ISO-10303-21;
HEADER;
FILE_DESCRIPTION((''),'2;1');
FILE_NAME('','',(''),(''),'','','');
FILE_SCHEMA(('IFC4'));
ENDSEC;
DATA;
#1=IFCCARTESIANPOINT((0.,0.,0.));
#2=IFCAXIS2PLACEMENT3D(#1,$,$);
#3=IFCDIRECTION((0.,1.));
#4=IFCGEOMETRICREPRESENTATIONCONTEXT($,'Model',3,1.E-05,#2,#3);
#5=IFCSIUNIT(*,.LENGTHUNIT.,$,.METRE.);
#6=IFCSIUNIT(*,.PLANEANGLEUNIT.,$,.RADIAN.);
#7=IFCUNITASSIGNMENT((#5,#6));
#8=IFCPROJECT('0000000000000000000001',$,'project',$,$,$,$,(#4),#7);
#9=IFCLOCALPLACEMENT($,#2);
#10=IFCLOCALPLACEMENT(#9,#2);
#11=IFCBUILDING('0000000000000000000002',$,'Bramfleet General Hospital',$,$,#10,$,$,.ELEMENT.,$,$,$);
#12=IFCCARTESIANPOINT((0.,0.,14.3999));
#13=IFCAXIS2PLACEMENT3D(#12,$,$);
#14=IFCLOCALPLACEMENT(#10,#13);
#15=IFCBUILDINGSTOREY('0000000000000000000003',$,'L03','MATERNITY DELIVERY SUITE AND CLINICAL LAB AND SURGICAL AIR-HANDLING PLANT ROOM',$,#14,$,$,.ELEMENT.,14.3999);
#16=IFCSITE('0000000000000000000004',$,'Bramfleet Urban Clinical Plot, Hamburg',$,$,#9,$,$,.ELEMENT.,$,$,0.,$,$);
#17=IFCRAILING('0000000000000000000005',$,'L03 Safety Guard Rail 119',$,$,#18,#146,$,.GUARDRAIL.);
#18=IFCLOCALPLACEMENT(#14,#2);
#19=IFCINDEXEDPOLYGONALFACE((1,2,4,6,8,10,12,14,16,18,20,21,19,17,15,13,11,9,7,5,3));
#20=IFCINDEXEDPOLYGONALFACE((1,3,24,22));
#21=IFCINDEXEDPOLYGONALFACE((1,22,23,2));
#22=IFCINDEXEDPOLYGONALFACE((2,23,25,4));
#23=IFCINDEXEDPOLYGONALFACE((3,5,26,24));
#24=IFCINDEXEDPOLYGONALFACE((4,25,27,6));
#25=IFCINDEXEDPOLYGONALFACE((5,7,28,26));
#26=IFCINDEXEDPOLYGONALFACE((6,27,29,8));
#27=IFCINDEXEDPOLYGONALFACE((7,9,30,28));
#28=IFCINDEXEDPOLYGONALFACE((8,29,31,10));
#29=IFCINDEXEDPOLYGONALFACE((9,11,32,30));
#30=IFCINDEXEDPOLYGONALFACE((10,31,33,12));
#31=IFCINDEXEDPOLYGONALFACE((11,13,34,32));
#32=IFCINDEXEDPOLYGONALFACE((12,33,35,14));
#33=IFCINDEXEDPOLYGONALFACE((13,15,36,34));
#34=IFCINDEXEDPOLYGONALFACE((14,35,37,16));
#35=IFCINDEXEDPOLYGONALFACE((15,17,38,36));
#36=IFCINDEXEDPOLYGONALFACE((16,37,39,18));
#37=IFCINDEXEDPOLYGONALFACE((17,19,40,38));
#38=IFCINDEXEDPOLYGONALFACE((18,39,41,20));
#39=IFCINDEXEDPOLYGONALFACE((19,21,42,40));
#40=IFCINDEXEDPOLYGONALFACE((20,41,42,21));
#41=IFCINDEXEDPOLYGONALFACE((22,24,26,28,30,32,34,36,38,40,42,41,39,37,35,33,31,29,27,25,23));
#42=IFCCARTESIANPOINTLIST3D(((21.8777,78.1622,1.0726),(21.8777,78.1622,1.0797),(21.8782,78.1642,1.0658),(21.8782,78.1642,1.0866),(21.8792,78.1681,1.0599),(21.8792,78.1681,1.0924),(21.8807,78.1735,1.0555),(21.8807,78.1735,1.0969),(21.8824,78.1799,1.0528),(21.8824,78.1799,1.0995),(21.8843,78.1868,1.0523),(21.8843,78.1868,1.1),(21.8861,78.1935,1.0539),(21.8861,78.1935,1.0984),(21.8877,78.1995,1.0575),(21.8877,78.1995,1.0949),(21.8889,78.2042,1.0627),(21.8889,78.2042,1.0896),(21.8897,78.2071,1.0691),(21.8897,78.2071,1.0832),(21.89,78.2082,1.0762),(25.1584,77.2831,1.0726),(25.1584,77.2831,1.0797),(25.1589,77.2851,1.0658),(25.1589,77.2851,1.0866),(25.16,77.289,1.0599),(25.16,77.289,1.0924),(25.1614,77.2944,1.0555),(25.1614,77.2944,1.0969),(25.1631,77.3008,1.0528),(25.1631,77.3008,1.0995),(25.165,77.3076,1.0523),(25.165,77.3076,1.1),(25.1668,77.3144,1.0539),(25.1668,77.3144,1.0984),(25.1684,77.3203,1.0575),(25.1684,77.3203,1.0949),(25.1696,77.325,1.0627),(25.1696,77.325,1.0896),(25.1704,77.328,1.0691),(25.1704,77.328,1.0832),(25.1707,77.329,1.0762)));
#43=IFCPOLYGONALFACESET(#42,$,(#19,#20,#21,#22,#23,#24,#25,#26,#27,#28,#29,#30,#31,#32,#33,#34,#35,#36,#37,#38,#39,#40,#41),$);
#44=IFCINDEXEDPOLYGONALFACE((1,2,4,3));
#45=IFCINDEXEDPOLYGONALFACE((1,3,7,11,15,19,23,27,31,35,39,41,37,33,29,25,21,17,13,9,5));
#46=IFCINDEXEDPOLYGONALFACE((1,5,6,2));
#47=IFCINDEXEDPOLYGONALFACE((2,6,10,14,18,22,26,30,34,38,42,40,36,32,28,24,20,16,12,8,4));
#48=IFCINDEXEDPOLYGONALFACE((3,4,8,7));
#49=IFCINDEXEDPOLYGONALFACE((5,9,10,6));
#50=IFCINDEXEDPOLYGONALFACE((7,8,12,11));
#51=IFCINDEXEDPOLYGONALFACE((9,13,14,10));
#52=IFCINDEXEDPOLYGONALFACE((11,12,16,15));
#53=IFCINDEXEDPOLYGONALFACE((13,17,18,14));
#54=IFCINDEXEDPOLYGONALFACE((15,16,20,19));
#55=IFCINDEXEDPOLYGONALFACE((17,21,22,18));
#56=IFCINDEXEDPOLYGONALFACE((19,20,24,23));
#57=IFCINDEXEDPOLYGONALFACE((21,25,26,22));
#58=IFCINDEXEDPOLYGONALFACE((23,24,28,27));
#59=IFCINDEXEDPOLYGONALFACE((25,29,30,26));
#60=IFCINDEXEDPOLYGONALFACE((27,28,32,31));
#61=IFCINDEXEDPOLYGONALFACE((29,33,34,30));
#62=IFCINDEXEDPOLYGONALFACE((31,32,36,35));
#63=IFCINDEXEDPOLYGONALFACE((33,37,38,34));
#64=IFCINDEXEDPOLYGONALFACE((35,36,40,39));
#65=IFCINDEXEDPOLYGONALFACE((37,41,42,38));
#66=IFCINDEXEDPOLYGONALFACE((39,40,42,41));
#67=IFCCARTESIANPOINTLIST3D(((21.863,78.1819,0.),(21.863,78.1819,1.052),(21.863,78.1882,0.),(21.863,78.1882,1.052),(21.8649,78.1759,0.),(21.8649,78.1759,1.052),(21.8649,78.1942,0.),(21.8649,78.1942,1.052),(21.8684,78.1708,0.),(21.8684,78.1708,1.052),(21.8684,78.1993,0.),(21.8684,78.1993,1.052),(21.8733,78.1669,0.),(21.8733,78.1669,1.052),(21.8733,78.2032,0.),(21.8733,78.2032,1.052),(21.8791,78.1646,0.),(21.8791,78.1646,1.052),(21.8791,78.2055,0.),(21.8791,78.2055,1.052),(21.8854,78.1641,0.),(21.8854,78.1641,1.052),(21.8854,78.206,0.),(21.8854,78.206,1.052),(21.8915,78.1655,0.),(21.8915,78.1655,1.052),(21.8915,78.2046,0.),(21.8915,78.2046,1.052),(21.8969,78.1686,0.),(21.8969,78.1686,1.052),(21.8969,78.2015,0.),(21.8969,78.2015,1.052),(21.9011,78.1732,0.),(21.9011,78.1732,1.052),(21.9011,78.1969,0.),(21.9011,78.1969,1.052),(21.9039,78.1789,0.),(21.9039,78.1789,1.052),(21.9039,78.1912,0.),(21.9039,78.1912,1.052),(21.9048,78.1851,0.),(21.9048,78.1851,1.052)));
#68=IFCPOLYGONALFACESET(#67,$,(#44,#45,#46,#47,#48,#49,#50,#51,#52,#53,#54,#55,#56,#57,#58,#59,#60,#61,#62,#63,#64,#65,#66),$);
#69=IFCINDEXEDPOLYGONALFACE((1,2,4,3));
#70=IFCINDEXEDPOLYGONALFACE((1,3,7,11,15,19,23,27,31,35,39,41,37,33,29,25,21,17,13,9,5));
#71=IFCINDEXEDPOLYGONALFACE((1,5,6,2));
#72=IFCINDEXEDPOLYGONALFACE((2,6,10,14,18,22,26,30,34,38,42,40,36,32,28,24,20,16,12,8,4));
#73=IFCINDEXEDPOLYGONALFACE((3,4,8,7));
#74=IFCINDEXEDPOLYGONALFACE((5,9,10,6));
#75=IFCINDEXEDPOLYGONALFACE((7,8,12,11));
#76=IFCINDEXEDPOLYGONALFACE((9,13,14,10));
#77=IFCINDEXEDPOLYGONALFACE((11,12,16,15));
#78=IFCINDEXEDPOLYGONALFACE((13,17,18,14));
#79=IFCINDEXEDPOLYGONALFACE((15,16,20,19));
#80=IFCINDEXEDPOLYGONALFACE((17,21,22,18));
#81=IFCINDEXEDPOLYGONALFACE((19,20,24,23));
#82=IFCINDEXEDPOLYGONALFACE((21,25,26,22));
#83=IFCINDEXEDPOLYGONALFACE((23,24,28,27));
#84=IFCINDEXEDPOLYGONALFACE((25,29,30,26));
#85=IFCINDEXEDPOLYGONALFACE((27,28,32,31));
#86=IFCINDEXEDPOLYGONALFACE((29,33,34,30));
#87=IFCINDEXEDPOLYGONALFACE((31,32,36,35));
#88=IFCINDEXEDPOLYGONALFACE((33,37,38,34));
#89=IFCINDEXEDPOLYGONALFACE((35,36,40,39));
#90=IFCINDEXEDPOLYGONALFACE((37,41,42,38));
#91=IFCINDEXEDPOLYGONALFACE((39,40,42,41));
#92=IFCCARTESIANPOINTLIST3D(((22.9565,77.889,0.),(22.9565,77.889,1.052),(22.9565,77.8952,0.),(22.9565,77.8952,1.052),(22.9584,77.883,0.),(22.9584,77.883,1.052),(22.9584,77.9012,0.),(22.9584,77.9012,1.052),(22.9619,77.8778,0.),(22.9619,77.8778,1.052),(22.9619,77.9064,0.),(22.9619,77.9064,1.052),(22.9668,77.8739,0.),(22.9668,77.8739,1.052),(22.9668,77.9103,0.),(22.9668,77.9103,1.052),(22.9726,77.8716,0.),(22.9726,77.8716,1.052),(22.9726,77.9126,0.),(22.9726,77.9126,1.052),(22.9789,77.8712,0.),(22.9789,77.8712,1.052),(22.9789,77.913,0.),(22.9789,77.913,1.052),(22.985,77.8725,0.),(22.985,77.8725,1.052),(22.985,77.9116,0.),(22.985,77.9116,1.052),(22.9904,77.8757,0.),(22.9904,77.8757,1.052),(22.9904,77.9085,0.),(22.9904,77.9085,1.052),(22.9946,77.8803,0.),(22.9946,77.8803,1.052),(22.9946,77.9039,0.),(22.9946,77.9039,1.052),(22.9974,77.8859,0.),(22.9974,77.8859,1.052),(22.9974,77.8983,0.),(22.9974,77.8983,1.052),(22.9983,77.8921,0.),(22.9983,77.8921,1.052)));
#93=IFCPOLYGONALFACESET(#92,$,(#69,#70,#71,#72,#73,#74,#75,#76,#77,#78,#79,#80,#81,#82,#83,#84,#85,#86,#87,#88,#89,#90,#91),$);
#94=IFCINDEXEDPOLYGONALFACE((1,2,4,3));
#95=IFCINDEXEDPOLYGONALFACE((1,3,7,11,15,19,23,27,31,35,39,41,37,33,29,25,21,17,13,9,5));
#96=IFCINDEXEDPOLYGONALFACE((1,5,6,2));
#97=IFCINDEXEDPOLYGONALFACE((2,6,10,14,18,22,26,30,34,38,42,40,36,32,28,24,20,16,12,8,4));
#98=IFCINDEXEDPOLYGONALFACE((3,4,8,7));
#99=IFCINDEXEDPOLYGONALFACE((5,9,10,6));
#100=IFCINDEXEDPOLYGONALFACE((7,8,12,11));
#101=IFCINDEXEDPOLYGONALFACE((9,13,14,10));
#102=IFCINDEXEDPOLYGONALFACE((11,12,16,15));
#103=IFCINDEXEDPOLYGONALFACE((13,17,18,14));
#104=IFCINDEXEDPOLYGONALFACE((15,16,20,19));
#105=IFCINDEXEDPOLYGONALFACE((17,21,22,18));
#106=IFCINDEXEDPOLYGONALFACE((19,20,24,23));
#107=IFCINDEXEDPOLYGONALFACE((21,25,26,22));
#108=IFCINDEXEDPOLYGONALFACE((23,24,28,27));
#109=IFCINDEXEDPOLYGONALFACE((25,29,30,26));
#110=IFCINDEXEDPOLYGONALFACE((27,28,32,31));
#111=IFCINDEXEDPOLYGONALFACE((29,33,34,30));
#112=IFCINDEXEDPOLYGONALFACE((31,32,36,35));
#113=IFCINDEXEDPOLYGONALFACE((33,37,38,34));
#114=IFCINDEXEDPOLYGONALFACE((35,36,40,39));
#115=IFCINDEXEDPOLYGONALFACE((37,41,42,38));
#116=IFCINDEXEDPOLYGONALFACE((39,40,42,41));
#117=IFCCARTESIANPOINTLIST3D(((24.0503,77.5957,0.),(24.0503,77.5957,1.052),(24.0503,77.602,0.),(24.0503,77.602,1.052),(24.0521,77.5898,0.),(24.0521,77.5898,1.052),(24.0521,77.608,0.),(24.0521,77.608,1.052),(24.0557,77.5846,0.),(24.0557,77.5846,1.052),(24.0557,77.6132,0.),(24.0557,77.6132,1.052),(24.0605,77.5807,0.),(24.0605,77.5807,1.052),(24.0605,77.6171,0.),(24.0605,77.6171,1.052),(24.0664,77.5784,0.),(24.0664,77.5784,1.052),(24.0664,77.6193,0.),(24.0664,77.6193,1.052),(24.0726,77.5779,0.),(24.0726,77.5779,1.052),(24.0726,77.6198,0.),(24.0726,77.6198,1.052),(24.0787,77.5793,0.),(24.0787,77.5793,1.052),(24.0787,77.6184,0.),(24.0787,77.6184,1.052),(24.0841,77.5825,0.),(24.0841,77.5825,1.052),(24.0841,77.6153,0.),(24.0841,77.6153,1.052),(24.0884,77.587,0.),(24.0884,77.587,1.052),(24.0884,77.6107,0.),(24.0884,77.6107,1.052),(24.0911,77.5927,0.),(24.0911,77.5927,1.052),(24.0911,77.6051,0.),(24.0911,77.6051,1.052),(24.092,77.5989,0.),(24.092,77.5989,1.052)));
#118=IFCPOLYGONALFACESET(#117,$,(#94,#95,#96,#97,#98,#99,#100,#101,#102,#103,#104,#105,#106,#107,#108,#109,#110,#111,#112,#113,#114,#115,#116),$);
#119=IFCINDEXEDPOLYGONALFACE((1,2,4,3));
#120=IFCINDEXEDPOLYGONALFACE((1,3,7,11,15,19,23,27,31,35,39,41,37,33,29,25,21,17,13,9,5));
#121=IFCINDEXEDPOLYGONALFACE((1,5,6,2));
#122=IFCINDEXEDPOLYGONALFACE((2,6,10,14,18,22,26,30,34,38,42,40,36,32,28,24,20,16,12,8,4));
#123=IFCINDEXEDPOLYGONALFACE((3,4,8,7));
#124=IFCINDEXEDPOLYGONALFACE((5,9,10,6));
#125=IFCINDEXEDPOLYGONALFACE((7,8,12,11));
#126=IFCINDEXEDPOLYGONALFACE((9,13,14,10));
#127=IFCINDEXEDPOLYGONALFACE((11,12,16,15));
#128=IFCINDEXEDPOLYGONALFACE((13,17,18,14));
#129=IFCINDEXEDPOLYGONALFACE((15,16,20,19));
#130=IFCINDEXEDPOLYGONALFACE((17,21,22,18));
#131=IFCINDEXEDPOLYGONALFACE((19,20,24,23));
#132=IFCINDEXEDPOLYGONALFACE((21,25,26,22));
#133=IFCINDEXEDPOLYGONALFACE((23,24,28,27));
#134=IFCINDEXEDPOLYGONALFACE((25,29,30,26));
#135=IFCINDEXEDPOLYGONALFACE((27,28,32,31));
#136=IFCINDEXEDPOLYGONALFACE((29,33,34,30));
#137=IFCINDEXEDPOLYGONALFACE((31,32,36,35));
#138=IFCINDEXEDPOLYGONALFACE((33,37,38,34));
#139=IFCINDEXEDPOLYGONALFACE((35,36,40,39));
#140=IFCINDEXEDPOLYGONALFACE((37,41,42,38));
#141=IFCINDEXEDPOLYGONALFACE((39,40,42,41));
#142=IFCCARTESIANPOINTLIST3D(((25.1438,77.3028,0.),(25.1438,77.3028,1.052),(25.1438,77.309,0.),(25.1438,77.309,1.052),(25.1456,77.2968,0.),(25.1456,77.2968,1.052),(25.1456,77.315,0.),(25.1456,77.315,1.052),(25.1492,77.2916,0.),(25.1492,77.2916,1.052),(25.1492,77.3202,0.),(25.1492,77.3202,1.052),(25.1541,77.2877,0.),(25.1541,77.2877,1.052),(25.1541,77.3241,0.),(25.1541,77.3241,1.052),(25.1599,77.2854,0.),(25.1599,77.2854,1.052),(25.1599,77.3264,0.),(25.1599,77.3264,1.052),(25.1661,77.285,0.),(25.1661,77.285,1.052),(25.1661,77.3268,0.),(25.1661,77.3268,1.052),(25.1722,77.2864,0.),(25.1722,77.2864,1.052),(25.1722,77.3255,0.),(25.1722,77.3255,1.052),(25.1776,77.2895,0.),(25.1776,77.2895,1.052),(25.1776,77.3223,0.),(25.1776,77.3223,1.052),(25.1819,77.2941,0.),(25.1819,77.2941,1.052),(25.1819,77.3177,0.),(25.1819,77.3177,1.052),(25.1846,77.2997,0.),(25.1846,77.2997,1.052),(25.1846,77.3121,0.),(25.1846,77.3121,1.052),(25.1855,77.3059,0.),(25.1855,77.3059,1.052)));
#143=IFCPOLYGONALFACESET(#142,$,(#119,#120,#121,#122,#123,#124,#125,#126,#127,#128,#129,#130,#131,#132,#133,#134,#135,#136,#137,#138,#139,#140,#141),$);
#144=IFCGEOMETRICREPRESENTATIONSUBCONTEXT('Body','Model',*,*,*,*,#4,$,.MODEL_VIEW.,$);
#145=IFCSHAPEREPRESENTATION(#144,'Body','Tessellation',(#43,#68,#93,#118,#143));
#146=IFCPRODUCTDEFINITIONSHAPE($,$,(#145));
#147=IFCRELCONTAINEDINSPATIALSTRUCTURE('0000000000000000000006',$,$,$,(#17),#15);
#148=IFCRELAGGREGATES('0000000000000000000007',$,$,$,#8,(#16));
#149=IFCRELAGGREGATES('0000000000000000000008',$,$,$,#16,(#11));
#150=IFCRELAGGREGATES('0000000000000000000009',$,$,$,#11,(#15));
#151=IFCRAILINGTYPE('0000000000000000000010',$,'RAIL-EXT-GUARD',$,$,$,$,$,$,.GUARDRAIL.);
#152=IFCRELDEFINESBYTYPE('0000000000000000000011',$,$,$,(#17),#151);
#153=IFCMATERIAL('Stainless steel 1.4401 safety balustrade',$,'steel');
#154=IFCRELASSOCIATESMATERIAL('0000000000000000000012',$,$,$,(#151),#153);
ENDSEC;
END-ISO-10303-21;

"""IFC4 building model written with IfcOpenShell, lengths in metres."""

from ifc_helpers import new_model, si_unit, direction, frame, origin, origin_2d, place, context, subcontext, project, spatial, circle, extrude, material, type_object, element, save


model = new_model("IFC4")

# Units and contexts
model_context = context("Model", 3, precision=1e-05, world=origin(), true_north=direction((0.0, 1.0)))
body_context = subcontext(model_context, "Body", "Model", "MODEL_VIEW")
ifc_project = project(units=[si_unit("LENGTHUNIT", "METRE"), si_unit("PLANEANGLEUNIT", "RADIAN")], contexts=[model_context])

# Site, building, storey
site_placement = place(None, origin())
site = spatial("IfcSite", under=ifc_project, at=site_placement, Name="Bramfleet Urban Clinical Plot, Hamburg", CompositionType="ELEMENT", RefElevation=0.0)
building_placement = place(site_placement, origin())
building = spatial("IfcBuilding", under=site, at=building_placement, Name="Bramfleet General Hospital", CompositionType="ELEMENT")
storey_placement = place(building_placement, frame((0.0, 0.0, 14.3999)))
storey = spatial("IfcBuildingStorey", under=building, at=storey_placement, Name="L03", Description="MATERNITY DELIVERY SUITE AND CLINICAL LAB AND SURGICAL AIR-HANDLING PLANT ROOM", CompositionType="ELEMENT", Elevation=14.3999)

# Railing
ifc_material_1 = material(Name="Stainless steel 1.4401 safety balustrade", Category="steel")
railing_type = type_object("IfcRailingType", Name="RAIL-EXT-GUARD", PredefinedType="GUARDRAIL", material=ifc_material_1)
railing_1_placement = place(storey_placement, frame((21.8838, 78.1851, 0.0)))
element("IfcRailing", 1, at=railing_1_placement, inside=storey, type_object=railing_type, Name="L03 Safety Guard Rail 119", PredefinedType="GUARDRAIL", context=body_context, shape_type="SweptSolid", body=[
    extrude(circle(Radius=0.0239, at=origin_2d()), frame((0.0, 0.0, 1.0762), z_axis=(0.96592, -0.258839, 0.0), x_axis=(0.258839, 0.96592, 0.0)), (0.0, 0.0, 1.0), 3.3965),
    extrude(circle(Radius=0.021, at=origin_2d()), origin(), (0.0, 0.0, 1.0), 1.052),
    extrude(circle(Radius=0.021, at=origin_2d()), frame((1.0935, -0.293, 0.0)), (0.0, 0.0, 1.0), 1.052),
    extrude(circle(Radius=0.021, at=origin_2d()), frame((2.1873, -0.5862, 0.0)), (0.0, 0.0, 1.0), 1.052),
    extrude(circle(Radius=0.021, at=origin_2d()), frame((3.2808, -0.8792, 0.0)), (0.0, 0.0, 1.0), 1.052),
])

save(model, "model.ifc")
